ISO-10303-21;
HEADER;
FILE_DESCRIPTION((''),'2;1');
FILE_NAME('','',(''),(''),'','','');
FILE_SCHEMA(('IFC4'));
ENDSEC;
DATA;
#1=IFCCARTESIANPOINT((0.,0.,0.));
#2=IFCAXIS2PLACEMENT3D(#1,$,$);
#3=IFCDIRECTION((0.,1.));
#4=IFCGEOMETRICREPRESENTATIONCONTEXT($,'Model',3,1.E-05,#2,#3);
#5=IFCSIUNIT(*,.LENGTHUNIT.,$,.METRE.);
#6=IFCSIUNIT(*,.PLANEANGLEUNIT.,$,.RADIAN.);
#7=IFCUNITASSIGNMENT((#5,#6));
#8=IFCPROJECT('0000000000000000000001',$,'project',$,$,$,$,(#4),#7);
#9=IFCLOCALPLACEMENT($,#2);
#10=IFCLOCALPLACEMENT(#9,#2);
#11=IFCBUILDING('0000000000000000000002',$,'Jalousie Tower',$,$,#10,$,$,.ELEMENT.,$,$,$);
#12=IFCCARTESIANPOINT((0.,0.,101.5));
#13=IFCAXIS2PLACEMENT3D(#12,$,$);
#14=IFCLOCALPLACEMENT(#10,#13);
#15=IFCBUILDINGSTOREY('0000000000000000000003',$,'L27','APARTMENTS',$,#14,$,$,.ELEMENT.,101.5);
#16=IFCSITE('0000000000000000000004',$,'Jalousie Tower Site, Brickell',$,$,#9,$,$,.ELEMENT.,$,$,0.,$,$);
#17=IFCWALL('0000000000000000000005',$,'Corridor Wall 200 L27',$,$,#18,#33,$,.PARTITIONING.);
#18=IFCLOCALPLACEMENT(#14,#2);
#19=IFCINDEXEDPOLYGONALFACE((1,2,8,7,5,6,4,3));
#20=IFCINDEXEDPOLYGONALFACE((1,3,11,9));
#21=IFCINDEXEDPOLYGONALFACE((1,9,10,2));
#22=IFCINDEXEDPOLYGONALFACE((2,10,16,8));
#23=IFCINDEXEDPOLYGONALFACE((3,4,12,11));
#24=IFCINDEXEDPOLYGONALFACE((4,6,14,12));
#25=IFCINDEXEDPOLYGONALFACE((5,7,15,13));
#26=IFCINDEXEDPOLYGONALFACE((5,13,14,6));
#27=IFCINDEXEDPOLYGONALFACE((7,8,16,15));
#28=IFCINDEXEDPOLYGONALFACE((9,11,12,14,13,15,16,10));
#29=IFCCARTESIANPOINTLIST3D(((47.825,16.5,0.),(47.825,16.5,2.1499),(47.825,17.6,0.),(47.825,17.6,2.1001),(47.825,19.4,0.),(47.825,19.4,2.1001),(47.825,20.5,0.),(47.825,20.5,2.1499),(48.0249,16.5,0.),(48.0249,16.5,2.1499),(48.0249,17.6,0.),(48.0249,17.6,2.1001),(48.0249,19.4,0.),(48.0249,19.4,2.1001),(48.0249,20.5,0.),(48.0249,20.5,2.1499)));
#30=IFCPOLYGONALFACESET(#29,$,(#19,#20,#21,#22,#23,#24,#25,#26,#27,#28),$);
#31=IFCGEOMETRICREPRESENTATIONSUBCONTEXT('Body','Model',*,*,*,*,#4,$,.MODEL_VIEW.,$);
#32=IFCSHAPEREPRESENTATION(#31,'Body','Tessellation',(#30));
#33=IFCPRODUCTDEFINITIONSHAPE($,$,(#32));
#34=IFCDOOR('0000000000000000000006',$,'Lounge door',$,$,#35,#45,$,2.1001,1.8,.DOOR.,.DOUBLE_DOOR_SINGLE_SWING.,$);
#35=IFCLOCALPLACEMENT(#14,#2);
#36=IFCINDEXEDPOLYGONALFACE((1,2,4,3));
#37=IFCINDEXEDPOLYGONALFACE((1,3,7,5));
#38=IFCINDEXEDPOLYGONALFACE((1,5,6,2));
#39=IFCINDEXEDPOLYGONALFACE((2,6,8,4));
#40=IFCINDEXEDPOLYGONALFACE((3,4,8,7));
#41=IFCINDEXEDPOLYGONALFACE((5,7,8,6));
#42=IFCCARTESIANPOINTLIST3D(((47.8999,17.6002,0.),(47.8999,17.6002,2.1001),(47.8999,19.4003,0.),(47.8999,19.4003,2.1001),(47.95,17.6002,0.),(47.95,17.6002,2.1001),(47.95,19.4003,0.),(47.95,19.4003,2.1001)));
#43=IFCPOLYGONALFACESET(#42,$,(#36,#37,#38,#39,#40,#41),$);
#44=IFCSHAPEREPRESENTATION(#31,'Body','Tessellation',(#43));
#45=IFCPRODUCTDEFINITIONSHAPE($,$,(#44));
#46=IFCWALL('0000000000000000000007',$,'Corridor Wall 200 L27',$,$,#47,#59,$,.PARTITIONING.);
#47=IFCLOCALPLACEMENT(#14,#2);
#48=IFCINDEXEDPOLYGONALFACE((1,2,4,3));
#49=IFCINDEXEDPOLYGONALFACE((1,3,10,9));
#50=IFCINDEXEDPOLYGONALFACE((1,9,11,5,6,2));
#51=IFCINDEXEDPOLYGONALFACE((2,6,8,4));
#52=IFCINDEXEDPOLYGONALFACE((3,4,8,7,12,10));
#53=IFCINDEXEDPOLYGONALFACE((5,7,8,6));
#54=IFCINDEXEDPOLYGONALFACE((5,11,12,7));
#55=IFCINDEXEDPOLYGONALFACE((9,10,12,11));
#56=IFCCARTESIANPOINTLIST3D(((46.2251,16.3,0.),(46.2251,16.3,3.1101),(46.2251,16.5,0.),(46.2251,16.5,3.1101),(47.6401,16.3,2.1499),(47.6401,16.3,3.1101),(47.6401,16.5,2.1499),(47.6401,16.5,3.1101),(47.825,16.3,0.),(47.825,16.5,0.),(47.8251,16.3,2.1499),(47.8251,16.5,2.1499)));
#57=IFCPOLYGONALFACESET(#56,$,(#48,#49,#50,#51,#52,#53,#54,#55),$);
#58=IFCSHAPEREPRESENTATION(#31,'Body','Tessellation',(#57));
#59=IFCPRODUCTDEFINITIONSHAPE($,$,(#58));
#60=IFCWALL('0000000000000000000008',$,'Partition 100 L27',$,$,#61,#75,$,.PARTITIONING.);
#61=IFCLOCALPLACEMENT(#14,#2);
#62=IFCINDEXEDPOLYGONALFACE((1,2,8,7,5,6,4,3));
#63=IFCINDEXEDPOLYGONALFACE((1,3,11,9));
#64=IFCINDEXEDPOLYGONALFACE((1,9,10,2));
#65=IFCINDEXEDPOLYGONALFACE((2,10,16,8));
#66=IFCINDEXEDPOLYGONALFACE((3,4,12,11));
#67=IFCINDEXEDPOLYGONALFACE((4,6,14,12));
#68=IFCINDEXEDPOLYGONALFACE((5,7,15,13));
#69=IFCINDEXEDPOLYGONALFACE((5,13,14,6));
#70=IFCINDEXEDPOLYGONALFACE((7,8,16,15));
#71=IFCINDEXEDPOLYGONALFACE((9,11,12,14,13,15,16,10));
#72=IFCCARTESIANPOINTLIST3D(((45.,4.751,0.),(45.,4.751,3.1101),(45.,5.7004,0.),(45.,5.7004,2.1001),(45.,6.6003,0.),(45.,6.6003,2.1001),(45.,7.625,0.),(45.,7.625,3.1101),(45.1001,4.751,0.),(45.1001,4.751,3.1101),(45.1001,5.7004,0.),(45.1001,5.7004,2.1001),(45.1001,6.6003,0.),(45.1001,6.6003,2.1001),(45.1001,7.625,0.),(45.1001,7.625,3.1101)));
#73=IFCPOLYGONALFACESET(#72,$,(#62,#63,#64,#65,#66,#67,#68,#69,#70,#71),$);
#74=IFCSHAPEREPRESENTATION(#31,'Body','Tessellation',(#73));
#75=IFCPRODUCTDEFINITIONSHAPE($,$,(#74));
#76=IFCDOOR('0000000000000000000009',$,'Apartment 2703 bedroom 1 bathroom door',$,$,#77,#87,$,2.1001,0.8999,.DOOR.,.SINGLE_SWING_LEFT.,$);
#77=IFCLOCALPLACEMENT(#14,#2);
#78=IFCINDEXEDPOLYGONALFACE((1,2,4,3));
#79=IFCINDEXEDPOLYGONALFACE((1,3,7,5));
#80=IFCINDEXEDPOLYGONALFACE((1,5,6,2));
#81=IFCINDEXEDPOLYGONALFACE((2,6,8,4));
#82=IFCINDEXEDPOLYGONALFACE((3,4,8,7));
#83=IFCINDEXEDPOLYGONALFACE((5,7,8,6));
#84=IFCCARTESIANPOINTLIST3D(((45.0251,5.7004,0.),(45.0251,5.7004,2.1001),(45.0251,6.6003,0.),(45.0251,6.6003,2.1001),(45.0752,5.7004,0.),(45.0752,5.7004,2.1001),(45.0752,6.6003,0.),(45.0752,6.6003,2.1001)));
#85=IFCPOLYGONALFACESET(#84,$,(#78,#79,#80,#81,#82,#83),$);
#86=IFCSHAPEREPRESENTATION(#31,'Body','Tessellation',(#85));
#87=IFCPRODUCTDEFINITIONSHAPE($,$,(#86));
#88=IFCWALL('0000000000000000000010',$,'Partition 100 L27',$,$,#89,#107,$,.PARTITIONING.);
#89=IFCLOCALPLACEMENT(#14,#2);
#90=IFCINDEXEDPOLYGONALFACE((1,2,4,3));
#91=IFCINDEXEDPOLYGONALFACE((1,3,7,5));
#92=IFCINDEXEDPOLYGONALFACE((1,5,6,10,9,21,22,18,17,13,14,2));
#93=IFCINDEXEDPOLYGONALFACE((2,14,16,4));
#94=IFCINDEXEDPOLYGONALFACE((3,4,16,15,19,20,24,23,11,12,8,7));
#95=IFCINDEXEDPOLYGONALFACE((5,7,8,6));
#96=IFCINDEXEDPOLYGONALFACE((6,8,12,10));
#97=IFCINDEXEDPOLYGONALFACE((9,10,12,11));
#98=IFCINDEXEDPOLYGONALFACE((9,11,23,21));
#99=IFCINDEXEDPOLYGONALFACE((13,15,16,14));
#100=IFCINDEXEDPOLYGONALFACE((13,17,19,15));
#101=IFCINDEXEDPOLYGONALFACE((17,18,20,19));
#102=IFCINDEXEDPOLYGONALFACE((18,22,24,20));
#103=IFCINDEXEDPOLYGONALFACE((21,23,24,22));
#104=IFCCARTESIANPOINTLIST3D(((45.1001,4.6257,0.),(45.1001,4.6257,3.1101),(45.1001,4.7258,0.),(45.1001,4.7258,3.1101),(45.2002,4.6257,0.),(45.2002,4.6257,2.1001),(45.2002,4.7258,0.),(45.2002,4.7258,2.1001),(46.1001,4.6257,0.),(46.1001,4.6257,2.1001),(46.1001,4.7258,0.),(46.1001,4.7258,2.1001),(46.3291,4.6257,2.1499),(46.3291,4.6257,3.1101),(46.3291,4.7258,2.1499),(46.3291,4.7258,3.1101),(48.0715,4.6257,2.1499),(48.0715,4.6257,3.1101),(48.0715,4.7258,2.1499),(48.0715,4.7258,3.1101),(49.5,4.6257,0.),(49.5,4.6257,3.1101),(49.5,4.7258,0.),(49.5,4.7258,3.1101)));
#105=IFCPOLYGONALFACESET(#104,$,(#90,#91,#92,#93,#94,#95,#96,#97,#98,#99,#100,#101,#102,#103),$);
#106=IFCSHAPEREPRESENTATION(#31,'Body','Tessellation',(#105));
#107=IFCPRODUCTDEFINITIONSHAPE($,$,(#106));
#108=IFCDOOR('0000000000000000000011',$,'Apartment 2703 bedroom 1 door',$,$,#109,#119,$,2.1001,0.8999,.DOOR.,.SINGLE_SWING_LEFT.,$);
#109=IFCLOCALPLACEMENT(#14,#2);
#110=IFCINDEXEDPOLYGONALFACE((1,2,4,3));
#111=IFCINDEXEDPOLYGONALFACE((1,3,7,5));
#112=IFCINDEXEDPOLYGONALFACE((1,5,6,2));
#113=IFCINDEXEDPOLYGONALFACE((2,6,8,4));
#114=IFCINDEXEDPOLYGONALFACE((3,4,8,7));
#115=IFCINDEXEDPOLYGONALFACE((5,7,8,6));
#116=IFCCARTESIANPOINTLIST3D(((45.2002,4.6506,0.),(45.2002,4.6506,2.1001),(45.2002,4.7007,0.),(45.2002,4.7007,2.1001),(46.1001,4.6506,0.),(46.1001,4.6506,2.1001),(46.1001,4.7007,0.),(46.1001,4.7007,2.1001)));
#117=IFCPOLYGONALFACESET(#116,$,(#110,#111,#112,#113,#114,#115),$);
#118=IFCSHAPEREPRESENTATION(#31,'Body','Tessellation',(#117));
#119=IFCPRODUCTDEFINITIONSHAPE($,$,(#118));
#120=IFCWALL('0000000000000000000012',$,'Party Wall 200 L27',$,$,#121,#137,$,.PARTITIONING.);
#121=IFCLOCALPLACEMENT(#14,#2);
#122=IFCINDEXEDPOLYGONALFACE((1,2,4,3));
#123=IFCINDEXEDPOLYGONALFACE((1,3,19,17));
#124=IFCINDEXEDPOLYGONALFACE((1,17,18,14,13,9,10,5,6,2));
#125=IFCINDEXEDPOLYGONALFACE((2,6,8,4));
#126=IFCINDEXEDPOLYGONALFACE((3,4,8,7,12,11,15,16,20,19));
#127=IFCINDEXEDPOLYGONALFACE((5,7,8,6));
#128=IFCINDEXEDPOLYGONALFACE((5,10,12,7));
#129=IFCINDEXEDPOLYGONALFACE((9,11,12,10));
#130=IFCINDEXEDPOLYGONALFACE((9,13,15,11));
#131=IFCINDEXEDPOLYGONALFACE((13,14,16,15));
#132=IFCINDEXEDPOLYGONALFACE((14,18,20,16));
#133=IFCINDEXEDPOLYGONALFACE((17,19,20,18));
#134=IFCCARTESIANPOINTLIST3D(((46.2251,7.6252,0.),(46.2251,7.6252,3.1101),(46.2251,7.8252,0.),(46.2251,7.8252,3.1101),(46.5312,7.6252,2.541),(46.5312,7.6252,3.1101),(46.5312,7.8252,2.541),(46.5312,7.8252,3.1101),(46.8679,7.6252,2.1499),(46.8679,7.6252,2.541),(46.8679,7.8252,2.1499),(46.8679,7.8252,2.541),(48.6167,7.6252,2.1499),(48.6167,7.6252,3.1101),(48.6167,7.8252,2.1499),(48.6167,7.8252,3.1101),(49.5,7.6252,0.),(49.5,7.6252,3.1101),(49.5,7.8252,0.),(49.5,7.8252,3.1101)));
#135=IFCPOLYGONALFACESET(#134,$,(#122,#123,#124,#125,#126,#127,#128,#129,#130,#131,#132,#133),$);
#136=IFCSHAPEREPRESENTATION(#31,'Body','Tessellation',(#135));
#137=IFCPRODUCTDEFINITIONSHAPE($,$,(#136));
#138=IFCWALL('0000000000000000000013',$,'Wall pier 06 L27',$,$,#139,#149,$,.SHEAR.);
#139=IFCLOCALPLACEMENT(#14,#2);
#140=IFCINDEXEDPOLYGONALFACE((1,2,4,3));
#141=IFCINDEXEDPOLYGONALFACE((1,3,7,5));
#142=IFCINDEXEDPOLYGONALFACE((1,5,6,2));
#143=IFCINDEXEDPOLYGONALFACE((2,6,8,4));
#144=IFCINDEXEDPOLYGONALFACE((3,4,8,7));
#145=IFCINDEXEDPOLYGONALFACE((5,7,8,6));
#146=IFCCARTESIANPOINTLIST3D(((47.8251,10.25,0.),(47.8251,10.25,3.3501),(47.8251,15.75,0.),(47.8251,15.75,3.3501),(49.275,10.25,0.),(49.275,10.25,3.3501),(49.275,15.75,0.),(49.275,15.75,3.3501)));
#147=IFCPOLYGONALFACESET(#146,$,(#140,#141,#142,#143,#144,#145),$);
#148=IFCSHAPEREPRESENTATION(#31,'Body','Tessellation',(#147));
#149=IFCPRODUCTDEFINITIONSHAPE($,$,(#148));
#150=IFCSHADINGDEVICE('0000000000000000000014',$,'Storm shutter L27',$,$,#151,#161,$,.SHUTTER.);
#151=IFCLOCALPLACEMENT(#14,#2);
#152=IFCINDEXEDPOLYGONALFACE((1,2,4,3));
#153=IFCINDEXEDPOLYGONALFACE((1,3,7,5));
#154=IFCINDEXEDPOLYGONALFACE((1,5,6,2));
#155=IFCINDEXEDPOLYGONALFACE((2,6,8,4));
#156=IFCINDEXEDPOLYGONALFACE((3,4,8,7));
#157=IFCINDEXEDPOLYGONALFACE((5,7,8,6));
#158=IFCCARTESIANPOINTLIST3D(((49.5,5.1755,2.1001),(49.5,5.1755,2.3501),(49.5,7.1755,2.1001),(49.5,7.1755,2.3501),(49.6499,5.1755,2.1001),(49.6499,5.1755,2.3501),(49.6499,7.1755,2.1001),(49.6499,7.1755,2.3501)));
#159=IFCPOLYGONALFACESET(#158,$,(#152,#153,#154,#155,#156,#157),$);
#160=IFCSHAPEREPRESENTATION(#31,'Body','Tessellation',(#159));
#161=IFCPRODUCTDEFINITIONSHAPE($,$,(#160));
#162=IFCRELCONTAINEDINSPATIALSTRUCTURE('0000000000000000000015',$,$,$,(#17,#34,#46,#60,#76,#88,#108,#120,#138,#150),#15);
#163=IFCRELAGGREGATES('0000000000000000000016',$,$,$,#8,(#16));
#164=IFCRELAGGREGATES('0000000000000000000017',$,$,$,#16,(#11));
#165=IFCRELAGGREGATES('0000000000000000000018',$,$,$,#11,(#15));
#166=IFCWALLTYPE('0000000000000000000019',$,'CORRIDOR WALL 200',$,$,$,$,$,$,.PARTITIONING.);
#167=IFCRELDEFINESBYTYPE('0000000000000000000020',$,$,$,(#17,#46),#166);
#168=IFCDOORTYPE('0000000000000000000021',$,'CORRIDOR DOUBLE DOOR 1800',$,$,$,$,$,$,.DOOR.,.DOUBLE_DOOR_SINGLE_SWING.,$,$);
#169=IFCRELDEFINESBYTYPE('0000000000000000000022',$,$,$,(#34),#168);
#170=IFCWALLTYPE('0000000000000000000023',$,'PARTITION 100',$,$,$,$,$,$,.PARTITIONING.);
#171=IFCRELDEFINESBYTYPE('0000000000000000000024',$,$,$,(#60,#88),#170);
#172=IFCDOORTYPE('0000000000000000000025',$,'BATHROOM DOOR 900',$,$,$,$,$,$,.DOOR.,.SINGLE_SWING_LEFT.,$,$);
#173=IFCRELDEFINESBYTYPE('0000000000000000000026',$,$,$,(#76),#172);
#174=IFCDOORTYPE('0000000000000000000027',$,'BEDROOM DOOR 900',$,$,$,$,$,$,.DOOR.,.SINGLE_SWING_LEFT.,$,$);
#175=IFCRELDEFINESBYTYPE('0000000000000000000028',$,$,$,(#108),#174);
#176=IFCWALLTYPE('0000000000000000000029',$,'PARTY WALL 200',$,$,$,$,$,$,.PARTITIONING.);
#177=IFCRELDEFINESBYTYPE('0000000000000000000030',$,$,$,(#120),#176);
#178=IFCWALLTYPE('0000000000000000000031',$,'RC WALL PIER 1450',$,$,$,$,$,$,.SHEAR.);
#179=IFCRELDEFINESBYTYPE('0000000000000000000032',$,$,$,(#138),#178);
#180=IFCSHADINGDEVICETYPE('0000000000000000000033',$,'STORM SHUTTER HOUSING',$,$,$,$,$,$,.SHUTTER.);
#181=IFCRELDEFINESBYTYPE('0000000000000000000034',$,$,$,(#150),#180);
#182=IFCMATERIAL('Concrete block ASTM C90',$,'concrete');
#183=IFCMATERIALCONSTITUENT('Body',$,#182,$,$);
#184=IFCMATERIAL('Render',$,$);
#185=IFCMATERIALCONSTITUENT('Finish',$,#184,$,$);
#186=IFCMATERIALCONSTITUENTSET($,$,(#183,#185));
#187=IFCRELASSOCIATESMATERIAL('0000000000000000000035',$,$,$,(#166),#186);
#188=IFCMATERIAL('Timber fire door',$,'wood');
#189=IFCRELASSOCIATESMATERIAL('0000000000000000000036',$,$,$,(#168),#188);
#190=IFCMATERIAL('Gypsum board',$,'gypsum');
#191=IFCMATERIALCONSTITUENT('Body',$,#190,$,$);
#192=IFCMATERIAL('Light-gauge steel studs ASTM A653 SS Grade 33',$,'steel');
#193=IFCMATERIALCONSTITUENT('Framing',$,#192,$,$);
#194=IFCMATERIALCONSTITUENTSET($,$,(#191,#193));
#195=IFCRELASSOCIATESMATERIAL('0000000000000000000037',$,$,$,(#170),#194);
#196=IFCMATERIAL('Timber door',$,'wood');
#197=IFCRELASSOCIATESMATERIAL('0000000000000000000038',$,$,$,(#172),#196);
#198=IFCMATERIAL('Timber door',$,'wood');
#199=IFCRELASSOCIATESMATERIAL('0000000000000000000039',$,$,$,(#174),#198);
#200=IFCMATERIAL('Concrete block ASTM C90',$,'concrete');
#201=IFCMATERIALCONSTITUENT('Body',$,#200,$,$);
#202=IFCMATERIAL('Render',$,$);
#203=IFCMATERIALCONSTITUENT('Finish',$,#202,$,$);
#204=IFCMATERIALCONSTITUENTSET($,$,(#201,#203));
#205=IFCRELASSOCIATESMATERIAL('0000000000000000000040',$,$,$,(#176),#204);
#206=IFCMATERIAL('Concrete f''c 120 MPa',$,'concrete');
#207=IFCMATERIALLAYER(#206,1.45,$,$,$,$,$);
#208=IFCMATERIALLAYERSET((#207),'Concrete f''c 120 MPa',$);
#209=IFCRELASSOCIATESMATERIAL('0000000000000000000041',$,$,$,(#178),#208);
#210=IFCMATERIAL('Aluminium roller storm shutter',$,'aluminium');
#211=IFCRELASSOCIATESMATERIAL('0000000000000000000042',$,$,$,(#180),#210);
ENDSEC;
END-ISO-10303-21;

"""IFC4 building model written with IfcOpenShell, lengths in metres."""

from ifc_helpers import new_model, si_unit, direction, frame, frame_2d, origin, origin_2d, place, context, subcontext, project, spatial, polyline, rectangle, outline, extrude, material, layer, layer_set, constituent, constituent_set, type_object, element, fill, save


model = new_model("IFC4")

# Units and contexts
model_context = context("Model", 3, precision=1e-05, world=origin(), true_north=direction((0.0, 1.0)))
body_context = subcontext(model_context, "Body", "Model", "MODEL_VIEW")
ifc_project = project(units=[si_unit("LENGTHUNIT", "METRE"), si_unit("PLANEANGLEUNIT", "RADIAN")], contexts=[model_context])

# Site, building, storey
site_placement = place(None, origin())
site = spatial("IfcSite", under=ifc_project, at=site_placement, Name="Jalousie Tower Site, Brickell", CompositionType="ELEMENT", RefElevation=0.0)
building_placement = place(site_placement, origin())
building = spatial("IfcBuilding", under=site, at=building_placement, Name="Jalousie Tower", CompositionType="ELEMENT")
storey_placement = place(building_placement, frame((0.0, 0.0, 101.5)))
storey = spatial("IfcBuildingStorey", under=building, at=storey_placement, Name="L27", Description="APARTMENTS", CompositionType="ELEMENT", Elevation=101.5)

# Shared definitions
ifc_material_1 = material(Name="Concrete block ASTM C90", Category="concrete")
ifc_constituent_1 = constituent(ifc_material_1, Name="Body")
ifc_material_2 = material(Name="Render")
ifc_constituent_2 = constituent(ifc_material_2, Name="Finish")
ifc_constituent_set_1 = constituent_set(constituents=[ifc_constituent_1, ifc_constituent_2])
wall_type_1 = type_object("IfcWallType", Name="CORRIDOR WALL 200", PredefinedType="PARTITIONING", material=ifc_constituent_set_1)

# Wall, opening, door
wall_1_placement = place(storey_placement, frame((47.925, 16.5, 0.0), z_axis=(0.0, 0.0, 1.0), x_axis=(0.0, 1.0, 0.0)))
wall_1 = element("IfcWall", 1, at=wall_1_placement, inside=storey, type_object=wall_type_1, Name="Corridor Wall 200 L27", PredefinedType="PARTITIONING", context=body_context, shape_type="SweptSolid", body=[
    extrude(outline(polyline([(0.0, 0.0), (4.0, 0.0), (4.0, 3.1101), (4.0, 2.1499), (0.0, 2.1499), (0.0, 3.1101), (0.0, 0.0)])), frame((0.0, 0.1001, 0.0), z_axis=(0.0, -1.0, 0.0), x_axis=(1.0, 0.0, 0.0)), (0.0, 0.0, 1.0), 0.2),
])
opening_1_placement = place(wall_1_placement, frame((1.1001, 0.0, 0.0)))
opening_1 = element("IfcOpeningElement", 2, at=opening_1_placement, cuts=wall_1, PredefinedType="OPENING", context=body_context, shape_type="SweptSolid", body=[
    extrude(rectangle(XDim=1.8, YDim=2.1001, at=frame_2d((0.8999, 1.05))), frame((0.0, 0.1099, 0.0), z_axis=(0.0, -1.0, 0.0), x_axis=(1.0, 0.0, 0.0)), (0.0, 0.0, 1.0), 0.22),
])
ifc_material_3 = material(Name="Timber fire door", Category="wood")
door_type_1 = type_object("IfcDoorType", Name="CORRIDOR DOUBLE DOOR 1800", OperationType="DOUBLE_DOOR_SINGLE_SWING", PredefinedType="DOOR", material=ifc_material_3)
door_1_placement = place(opening_1_placement, frame((1.8, 0.0, 0.0), z_axis=(0.0, 0.0, 1.0), x_axis=(-1.0, 0.0, 0.0)))
door_1 = element("IfcDoor", 3, at=door_1_placement, inside=storey, type_object=door_type_1, Name="Lounge door", OperationType="DOUBLE_DOOR_SINGLE_SWING", OverallHeight=2.1001, OverallWidth=1.8, PredefinedType="DOOR", context=body_context, shape_type="SweptSolid", body=[
    extrude(rectangle(XDim=1.8, YDim=2.1001, at=frame_2d((0.8999, 1.05))), frame((0.0, 0.0249, 0.0), z_axis=(0.0, -1.0, 0.0), x_axis=(1.0, 0.0, 0.0)), (0.0, 0.0, 1.0), 0.05),
])
fill(opening_1, door_1)

# Wall
wall_2_placement = place(storey_placement, frame((46.2251, 16.3999, 0.0), z_axis=(0.0, 0.0, 1.0), x_axis=(1.0, 0.0, 0.0)))
element("IfcWall", 4, at=wall_2_placement, inside=storey, type_object=wall_type_1, Name="Corridor Wall 200 L27", PredefinedType="PARTITIONING", context=body_context, shape_type="SweptSolid", body=[
    extrude(outline(polyline([(0.0, 0.0), (1.5999, 0.0), (1.6001, 3.1101), (1.6001, 2.1499), (1.415, 2.1499), (1.415, 3.1101), (0.0, 3.1101), (0.0, 0.0)])), frame((0.0, 0.1001, 0.0), z_axis=(0.0, -1.0, 0.0), x_axis=(1.0, 0.0, 0.0)), (0.0, 0.0, 1.0), 0.2),
])

# Walls, openings, doors
ifc_material_4 = material(Name="Gypsum board", Category="gypsum")
ifc_constituent_3 = constituent(ifc_material_4, Name="Body")
ifc_material_5 = material(Name="Light-gauge steel studs ASTM A653 SS Grade 33", Category="steel")
ifc_constituent_4 = constituent(ifc_material_5, Name="Framing")
ifc_constituent_set_2 = constituent_set(constituents=[ifc_constituent_3, ifc_constituent_4])
wall_type_2 = type_object("IfcWallType", Name="PARTITION 100", PredefinedType="PARTITIONING", material=ifc_constituent_set_2)
wall_3_placement = place(storey_placement, frame((45.05, 4.751, 0.0), z_axis=(0.0, 0.0, 1.0), x_axis=(0.0, 1.0, 0.0)))
wall_3 = element("IfcWall", 5, at=wall_3_placement, inside=storey, type_object=wall_type_2, Name="Partition 100 L27", PredefinedType="PARTITIONING", context=body_context, shape_type="SweptSolid", body=[
    extrude(rectangle(XDim=2.874, YDim=0.1001, at=frame_2d((1.437, 0.0))), origin(), (0.0, 0.0, 1.0), 3.1101),
])
opening_2_placement = place(wall_3_placement, frame((0.9495, 0.0, 0.0)))
opening_2 = element("IfcOpeningElement", 6, at=opening_2_placement, cuts=wall_3, PredefinedType="OPENING", context=body_context, shape_type="SweptSolid", body=[
    extrude(rectangle(XDim=0.8999, YDim=2.1001, at=frame_2d((0.45, 1.05))), frame((0.0, 0.0601, 0.0), z_axis=(0.0, -1.0, 0.0), x_axis=(1.0, 0.0, 0.0)), (0.0, 0.0, 1.0), 0.1201),
])
ifc_material_6 = material(Name="Timber door", Category="wood")
door_type_2 = type_object("IfcDoorType", Name="BATHROOM DOOR 900", OperationType="SINGLE_SWING_LEFT", PredefinedType="DOOR", material=ifc_material_6)
door_2_placement = place(opening_2_placement, origin())
door_2 = element("IfcDoor", 7, at=door_2_placement, inside=storey, type_object=door_type_2, Name="Apartment 2703 bedroom 1 bathroom door", OperationType="SINGLE_SWING_LEFT", OverallHeight=2.1001, OverallWidth=0.8999, PredefinedType="DOOR", context=body_context, shape_type="SweptSolid", body=[
    extrude(rectangle(XDim=0.8999, YDim=2.1001, at=frame_2d((0.45, 1.05))), frame((0.0, 0.0249, 0.0), z_axis=(0.0, -1.0, 0.0), x_axis=(1.0, 0.0, 0.0)), (0.0, 0.0, 1.0), 0.05),
])
fill(opening_2, door_2)
wall_4_placement = place(storey_placement, frame((45.1001, 4.6758, 0.0), z_axis=(0.0, 0.0, 1.0), x_axis=(1.0, 0.0, 0.0)))
wall_4 = element("IfcWall", 8, at=wall_4_placement, inside=storey, type_object=wall_type_2, Name="Partition 100 L27", PredefinedType="PARTITIONING", context=body_context, shape_type="SweptSolid", body=[
    extrude(outline(polyline([(0.0, 0.0), (4.3999, 0.0), (4.3999, 3.1101), (2.9714, 3.1101), (2.9714, 2.1499), (1.229, 2.1499), (1.229, 3.1101), (0.0, 3.1101), (0.0, 0.0)])), frame((0.0, 0.05, 0.0), z_axis=(0.0, -1.0, 0.0), x_axis=(1.0, 0.0, 0.0)), (0.0, 0.0, 1.0), 0.1001),
])
opening_3_placement = place(wall_4_placement, frame((0.1001, 0.0, 0.0)))
opening_3 = element("IfcOpeningElement", 9, at=opening_3_placement, cuts=wall_4, PredefinedType="OPENING", context=body_context, shape_type="SweptSolid", body=[
    extrude(rectangle(XDim=0.8999, YDim=2.1001, at=frame_2d((0.45, 1.05))), frame((0.0, 0.0601, 0.0), z_axis=(0.0, -1.0, 0.0), x_axis=(1.0, 0.0, 0.0)), (0.0, 0.0, 1.0), 0.1201),
])
ifc_material_7 = material(Name="Timber door", Category="wood")
door_type_3 = type_object("IfcDoorType", Name="BEDROOM DOOR 900", OperationType="SINGLE_SWING_LEFT", PredefinedType="DOOR", material=ifc_material_7)
door_3_placement = place(opening_3_placement, origin())
door_3 = element("IfcDoor", 10, at=door_3_placement, inside=storey, type_object=door_type_3, Name="Apartment 2703 bedroom 1 door", OperationType="SINGLE_SWING_LEFT", OverallHeight=2.1001, OverallWidth=0.8999, PredefinedType="DOOR", context=body_context, shape_type="SweptSolid", body=[
    extrude(rectangle(XDim=0.8999, YDim=2.1001, at=frame_2d((0.45, 1.05))), frame((0.0, 0.0249, 0.0), z_axis=(0.0, -1.0, 0.0), x_axis=(1.0, 0.0, 0.0)), (0.0, 0.0, 1.0), 0.05),
])
fill(opening_3, door_3)

# Walls
ifc_material_8 = material(Name="Concrete block ASTM C90", Category="concrete")
ifc_constituent_5 = constituent(ifc_material_8, Name="Body")
ifc_material_9 = material(Name="Render")
ifc_constituent_6 = constituent(ifc_material_9, Name="Finish")
ifc_constituent_set_3 = constituent_set(constituents=[ifc_constituent_5, ifc_constituent_6])
wall_type_3 = type_object("IfcWallType", Name="PARTY WALL 200", PredefinedType="PARTITIONING", material=ifc_constituent_set_3)
wall_5_placement = place(storey_placement, frame((46.2251, 7.7251, 0.0), z_axis=(0.0, 0.0, 1.0), x_axis=(1.0, 0.0, 0.0)))
element("IfcWall", 11, at=wall_5_placement, inside=storey, type_object=wall_type_3, Name="Party Wall 200 L27", PredefinedType="PARTITIONING", context=body_context, shape_type="SweptSolid", body=[
    extrude(outline(polyline([(0.0, 0.0), (3.2749, 0.0), (3.2749, 3.1101), (2.3916, 3.1101), (2.3916, 2.1499), (0.6428, 2.1499), (0.6428, 2.541), (0.3062, 2.541), (0.3062, 3.1101), (0.0, 3.1101), (0.0, 0.0)])), frame((0.0, 0.1001, 0.0), z_axis=(0.0, -1.0, 0.0), x_axis=(1.0, 0.0, 0.0)), (0.0, 0.0, 1.0), 0.2),
])
ifc_material_10 = material(Name="Concrete f'c 120 MPa", Category="concrete")
ifc_layer_1 = layer(ifc_material_10, 1.45)
ifc_layer_set_1 = layer_set([ifc_layer_1], Name="Concrete f'c 120 MPa")
wall_type_4 = type_object("IfcWallType", Name="RC WALL PIER 1450", PredefinedType="SHEAR", material=ifc_layer_set_1)
wall_6_placement = place(storey_placement, frame((48.55, 10.25, 0.0), z_axis=(0.0, 0.0, 1.0), x_axis=(0.0, 1.0, 0.0)))
element("IfcWall", 12, at=wall_6_placement, inside=storey, type_object=wall_type_4, Name="Wall pier 06 L27", PredefinedType="SHEAR", context=body_context, shape_type="SweptSolid", body=[
    extrude(rectangle(XDim=5.5, YDim=1.45, at=frame_2d((2.75, 0.0))), origin(), (0.0, 0.0, 1.0), 3.3501),
])

# Shading device
ifc_material_11 = material(Name="Aluminium roller storm shutter", Category="aluminium")
shading_device_type = type_object("IfcShadingDeviceType", Name="STORM SHUTTER HOUSING", PredefinedType="SHUTTER", material=ifc_material_11)
shading_device_placement = place(storey_placement, frame((49.575, 6.1755, 2.1001), z_axis=(0.0, 0.0, 1.0), x_axis=(0.0, 1.0, 0.0)))
element("IfcShadingDevice", 13, at=shading_device_placement, inside=storey, type_object=shading_device_type, Name="Storm shutter L27", PredefinedType="SHUTTER", context=body_context, shape_type="SweptSolid", body=[
    extrude(rectangle(XDim=2.0, YDim=0.1499, at=origin_2d()), origin(), (0.0, 0.0, 1.0), 0.25),
])

save(model, "model.ifc")
